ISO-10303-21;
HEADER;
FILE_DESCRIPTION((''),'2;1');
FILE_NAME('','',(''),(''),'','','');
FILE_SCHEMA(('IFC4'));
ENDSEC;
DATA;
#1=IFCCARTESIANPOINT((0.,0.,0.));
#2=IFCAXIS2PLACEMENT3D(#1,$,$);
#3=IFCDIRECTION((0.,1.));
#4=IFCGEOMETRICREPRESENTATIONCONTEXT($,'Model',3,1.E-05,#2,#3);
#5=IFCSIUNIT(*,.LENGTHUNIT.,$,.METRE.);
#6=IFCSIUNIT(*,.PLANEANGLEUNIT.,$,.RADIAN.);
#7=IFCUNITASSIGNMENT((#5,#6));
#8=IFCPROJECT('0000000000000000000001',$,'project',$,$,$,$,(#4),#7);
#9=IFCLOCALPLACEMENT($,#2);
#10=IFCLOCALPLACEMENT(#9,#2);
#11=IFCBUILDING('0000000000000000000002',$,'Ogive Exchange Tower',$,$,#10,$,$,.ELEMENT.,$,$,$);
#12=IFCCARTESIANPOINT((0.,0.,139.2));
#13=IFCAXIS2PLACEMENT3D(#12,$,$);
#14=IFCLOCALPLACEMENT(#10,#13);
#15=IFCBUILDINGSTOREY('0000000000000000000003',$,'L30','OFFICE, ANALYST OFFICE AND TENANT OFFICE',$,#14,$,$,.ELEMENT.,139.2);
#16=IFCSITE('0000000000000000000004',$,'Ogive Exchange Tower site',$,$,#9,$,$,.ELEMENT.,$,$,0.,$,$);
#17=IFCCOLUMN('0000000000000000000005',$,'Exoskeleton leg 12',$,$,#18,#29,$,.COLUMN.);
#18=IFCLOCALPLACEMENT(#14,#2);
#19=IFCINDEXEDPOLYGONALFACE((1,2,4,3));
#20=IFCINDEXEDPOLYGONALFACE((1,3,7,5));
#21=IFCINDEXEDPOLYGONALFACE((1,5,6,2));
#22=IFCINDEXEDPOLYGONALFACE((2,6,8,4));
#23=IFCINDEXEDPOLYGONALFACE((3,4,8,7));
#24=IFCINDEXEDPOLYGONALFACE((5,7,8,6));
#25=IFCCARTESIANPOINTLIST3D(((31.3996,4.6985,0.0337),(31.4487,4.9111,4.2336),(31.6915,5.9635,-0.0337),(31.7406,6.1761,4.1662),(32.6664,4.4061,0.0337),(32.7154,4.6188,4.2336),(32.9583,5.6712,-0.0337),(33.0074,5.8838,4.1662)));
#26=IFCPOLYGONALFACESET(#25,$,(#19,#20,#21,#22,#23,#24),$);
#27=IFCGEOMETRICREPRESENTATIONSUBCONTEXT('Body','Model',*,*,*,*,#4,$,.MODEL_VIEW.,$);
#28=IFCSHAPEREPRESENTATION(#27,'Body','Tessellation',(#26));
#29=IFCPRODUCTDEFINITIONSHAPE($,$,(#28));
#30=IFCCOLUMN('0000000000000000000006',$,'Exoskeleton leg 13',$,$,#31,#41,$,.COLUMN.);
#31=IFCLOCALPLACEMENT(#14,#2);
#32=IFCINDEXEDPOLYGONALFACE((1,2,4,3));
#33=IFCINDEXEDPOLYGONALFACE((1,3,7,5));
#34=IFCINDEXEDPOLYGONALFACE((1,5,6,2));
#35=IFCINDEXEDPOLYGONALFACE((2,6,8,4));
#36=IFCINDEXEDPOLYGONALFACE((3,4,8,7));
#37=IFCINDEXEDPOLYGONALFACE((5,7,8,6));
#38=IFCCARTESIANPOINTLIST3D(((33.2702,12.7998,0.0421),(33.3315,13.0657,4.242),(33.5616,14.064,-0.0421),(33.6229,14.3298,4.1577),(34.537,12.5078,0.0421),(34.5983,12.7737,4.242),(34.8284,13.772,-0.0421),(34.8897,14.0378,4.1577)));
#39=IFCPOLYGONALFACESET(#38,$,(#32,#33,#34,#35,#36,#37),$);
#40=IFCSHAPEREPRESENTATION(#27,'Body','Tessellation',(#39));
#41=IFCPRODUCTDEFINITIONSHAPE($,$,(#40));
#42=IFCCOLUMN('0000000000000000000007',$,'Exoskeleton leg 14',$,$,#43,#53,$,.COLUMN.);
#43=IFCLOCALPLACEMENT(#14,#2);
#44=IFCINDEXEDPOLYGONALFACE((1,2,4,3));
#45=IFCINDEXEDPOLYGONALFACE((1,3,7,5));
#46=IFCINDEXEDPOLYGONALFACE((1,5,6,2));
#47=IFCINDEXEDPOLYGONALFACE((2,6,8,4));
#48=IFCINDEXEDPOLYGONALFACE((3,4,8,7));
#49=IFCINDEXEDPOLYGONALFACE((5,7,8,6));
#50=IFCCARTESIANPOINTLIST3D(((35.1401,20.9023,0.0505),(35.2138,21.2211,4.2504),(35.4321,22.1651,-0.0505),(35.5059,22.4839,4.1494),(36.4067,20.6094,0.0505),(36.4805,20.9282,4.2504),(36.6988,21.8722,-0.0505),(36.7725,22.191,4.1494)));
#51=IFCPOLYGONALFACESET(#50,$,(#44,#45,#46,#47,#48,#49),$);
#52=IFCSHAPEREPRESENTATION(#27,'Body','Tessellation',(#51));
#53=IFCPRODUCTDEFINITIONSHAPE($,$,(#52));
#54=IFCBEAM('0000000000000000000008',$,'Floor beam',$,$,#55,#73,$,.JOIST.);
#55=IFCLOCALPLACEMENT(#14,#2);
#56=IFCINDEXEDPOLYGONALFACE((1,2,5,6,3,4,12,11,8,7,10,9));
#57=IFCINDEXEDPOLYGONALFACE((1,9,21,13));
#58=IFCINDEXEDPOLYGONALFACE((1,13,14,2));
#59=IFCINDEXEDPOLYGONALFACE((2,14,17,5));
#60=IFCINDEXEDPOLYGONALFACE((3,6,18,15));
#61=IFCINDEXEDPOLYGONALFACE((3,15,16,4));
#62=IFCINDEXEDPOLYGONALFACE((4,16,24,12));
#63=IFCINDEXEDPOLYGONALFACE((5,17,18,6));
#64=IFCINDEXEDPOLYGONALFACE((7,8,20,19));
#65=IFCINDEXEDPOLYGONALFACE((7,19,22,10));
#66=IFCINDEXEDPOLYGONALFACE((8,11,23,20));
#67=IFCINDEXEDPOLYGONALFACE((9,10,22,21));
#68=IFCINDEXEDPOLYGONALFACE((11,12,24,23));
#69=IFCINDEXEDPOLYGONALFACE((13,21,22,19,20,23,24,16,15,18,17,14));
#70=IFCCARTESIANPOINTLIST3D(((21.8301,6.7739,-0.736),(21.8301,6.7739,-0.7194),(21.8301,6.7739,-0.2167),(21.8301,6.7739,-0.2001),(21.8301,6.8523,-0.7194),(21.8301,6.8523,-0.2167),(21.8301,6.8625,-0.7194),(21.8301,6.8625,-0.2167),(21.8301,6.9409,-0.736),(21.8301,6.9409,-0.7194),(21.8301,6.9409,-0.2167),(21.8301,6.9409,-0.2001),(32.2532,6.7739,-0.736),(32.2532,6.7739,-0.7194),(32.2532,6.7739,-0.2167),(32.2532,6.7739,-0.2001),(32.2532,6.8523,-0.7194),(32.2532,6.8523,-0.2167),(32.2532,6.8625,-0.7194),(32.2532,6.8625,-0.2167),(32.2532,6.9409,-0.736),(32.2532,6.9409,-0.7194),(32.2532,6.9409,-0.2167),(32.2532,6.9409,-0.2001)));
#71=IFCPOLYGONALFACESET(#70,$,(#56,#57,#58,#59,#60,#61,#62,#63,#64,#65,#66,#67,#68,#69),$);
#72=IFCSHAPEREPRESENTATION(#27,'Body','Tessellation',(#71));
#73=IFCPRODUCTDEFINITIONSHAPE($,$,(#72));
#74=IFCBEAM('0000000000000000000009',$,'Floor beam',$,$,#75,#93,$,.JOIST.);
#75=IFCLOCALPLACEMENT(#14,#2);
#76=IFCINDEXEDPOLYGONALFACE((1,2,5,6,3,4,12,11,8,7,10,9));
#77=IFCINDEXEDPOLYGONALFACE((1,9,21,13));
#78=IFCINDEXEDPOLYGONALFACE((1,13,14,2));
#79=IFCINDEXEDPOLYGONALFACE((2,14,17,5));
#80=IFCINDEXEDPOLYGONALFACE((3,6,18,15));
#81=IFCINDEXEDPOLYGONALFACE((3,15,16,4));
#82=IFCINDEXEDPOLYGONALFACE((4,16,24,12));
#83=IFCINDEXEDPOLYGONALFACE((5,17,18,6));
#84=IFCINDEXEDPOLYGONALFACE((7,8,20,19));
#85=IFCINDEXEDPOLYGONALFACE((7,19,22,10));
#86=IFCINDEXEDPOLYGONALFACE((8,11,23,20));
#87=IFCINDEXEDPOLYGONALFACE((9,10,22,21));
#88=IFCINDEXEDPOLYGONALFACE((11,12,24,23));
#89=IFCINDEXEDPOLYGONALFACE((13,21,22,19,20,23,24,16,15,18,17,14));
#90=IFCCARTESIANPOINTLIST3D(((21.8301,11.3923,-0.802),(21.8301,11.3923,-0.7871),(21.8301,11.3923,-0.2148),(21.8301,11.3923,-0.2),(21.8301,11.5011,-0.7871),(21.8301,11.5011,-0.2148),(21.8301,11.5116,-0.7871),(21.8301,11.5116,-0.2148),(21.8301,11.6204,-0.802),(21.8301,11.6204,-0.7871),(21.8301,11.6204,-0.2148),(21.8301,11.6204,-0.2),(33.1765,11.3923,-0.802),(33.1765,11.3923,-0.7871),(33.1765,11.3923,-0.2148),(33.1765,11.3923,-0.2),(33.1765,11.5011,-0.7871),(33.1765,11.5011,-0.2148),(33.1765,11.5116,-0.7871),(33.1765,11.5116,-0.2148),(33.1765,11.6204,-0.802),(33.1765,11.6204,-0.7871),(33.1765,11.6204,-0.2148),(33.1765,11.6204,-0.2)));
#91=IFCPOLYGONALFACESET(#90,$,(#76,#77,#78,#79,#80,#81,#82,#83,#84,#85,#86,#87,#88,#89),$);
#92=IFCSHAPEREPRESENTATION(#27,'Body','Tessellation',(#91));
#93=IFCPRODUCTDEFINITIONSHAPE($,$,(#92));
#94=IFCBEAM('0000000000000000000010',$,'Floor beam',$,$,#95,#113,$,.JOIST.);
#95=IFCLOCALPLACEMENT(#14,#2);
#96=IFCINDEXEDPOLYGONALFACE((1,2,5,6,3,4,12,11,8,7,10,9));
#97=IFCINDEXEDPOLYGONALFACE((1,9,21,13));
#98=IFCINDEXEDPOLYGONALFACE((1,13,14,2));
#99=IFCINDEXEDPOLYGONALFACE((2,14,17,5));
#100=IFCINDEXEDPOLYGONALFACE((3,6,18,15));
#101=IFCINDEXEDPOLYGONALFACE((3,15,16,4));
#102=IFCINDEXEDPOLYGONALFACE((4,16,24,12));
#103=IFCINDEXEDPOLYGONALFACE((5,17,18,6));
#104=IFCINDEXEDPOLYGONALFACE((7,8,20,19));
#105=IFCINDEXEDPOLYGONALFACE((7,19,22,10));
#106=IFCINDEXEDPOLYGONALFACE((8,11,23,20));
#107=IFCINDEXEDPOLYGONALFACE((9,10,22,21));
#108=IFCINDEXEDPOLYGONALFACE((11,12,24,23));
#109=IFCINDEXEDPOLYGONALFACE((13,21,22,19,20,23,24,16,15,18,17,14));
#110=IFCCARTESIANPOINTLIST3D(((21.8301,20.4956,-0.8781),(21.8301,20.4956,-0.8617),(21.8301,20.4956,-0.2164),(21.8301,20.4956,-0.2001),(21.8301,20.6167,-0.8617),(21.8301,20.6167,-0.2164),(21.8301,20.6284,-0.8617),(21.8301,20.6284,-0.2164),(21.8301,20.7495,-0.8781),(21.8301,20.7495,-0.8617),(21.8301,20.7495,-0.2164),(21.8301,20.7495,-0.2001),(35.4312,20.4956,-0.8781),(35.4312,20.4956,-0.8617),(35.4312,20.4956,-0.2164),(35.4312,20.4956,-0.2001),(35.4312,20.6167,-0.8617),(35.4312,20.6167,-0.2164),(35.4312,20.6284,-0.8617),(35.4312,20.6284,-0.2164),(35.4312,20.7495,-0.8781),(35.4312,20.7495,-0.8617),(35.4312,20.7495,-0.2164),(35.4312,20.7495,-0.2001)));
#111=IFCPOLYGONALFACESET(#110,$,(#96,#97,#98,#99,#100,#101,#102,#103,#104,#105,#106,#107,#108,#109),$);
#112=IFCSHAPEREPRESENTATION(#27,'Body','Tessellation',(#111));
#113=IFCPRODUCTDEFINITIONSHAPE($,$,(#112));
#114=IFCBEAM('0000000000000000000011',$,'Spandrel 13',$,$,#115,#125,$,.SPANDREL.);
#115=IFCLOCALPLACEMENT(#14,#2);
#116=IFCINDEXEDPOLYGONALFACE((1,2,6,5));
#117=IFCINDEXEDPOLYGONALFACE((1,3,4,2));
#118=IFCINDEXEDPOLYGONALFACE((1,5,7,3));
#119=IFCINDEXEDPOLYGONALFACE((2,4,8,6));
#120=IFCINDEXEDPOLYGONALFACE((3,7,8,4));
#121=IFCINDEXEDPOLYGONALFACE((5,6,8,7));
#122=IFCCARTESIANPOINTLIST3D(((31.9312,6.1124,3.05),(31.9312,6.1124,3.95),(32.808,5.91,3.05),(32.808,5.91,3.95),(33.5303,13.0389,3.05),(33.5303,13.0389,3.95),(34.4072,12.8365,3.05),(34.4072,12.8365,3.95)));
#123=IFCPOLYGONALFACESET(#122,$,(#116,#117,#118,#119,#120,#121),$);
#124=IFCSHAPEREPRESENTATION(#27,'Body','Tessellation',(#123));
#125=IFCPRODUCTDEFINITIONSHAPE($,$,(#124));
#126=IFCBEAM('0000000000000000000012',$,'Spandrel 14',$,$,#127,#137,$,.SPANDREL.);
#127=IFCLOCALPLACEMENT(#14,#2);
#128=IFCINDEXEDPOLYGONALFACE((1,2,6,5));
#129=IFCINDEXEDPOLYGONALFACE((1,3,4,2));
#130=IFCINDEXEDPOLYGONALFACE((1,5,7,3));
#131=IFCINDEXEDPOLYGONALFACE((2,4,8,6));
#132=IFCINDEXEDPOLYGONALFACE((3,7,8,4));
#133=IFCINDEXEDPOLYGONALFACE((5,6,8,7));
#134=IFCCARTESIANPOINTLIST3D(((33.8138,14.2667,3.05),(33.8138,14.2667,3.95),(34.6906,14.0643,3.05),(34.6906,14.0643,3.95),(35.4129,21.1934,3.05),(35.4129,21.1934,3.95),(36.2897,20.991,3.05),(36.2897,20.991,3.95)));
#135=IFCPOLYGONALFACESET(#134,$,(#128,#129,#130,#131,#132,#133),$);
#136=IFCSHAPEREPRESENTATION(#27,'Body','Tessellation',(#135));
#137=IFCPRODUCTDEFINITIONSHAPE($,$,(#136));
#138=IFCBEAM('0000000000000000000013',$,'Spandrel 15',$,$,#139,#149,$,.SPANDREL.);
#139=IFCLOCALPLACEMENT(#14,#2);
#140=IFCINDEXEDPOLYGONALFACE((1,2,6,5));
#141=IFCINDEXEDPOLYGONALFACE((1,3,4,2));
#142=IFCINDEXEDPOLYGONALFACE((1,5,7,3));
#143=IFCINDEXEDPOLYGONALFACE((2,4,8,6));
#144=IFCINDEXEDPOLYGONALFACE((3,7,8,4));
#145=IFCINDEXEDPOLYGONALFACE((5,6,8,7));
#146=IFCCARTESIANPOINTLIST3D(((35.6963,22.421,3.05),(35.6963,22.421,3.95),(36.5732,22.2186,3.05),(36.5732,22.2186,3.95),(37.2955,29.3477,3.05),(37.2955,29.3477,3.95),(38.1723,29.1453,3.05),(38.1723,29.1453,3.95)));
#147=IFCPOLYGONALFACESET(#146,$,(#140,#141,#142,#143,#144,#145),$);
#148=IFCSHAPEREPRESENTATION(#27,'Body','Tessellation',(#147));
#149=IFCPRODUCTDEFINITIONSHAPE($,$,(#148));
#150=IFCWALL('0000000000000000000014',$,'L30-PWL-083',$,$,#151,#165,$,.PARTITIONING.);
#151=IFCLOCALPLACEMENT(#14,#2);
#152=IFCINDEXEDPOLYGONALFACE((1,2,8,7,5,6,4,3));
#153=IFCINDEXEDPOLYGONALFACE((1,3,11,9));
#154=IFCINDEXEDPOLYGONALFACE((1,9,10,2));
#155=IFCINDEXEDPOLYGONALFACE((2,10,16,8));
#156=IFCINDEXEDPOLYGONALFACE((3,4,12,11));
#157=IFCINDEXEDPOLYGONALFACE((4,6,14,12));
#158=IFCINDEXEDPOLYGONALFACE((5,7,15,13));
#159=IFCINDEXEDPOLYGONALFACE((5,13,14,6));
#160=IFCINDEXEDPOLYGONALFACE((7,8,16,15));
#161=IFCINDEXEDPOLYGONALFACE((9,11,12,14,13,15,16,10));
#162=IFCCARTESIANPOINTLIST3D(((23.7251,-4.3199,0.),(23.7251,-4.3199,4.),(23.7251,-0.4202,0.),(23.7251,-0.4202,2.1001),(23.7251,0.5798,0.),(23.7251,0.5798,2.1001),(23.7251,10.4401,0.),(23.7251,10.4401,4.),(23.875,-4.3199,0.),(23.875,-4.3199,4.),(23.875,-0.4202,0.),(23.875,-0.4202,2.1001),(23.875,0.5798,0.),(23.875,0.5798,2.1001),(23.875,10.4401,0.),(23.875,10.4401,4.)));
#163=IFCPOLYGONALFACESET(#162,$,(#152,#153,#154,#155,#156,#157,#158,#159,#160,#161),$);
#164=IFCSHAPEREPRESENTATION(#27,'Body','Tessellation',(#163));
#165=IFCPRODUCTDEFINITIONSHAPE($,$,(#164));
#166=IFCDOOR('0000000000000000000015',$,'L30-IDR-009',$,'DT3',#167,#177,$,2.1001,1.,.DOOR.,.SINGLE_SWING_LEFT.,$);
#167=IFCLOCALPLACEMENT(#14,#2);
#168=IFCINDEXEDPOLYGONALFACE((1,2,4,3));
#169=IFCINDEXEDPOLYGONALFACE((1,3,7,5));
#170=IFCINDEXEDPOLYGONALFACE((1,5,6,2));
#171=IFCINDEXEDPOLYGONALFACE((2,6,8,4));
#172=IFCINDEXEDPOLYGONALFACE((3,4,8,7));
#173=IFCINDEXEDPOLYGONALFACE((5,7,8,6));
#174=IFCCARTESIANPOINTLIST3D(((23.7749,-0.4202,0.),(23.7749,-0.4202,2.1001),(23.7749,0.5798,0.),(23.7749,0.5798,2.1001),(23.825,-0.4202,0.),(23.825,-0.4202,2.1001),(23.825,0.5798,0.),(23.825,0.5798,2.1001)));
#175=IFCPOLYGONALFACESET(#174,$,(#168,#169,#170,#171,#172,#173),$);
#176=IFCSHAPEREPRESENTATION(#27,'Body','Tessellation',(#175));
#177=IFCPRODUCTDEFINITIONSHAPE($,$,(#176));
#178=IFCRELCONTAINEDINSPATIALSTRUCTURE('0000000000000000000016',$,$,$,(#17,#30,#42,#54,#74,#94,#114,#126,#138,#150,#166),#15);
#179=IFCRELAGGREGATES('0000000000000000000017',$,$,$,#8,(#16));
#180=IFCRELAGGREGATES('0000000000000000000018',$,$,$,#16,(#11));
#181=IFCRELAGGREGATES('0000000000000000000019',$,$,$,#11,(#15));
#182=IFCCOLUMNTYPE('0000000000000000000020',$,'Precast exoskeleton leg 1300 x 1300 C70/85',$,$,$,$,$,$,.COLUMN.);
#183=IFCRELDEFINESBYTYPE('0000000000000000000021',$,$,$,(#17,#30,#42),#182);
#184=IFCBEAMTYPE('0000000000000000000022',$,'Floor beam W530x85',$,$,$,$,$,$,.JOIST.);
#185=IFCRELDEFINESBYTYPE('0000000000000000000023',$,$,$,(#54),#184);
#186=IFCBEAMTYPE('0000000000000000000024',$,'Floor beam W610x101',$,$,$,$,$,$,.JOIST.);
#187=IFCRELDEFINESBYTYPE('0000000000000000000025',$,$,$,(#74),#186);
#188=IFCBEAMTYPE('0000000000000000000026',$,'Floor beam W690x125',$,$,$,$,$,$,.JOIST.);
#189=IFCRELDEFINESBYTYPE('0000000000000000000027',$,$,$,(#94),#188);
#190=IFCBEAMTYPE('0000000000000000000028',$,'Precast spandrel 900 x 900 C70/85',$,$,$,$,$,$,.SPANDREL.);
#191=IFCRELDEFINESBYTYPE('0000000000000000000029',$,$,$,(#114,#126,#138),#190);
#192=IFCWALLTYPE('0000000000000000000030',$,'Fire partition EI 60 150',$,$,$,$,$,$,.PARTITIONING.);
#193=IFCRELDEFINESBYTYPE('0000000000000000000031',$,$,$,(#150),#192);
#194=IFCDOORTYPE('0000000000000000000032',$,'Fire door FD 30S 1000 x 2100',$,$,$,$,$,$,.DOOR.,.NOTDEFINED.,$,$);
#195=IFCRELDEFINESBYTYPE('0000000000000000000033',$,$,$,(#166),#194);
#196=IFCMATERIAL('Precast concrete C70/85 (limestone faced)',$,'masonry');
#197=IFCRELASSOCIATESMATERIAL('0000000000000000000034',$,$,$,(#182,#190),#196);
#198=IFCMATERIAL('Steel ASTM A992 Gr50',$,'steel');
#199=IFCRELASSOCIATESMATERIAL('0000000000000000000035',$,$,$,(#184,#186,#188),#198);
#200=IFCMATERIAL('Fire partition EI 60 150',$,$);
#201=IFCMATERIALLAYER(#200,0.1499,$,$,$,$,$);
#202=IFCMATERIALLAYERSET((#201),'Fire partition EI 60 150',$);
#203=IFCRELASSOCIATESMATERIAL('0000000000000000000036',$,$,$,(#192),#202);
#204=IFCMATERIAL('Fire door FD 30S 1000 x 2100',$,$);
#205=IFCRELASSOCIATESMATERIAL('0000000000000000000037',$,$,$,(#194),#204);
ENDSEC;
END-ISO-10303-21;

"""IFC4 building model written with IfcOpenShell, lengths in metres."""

from ifc_helpers import new_model, si_unit, direction, frame, frame_2d, origin, origin_2d, place, context, subcontext, project, spatial, rectangle, i_section, extrude, material, layer, layer_set, material_profile, profile_set, type_object, element, fill, save


model = new_model("IFC4")

# Units and contexts
model_context = context("Model", 3, precision=1e-05, world=origin(), true_north=direction((0.0, 1.0)))
body_context = subcontext(model_context, "Body", "Model", "MODEL_VIEW")
ifc_project = project(units=[si_unit("LENGTHUNIT", "METRE"), si_unit("PLANEANGLEUNIT", "RADIAN")], contexts=[model_context])

# Site, building, storey
site_placement = place(None, origin())
site = spatial("IfcSite", under=ifc_project, at=site_placement, Name="Ogive Exchange Tower site", CompositionType="ELEMENT", RefElevation=0.0)
building_placement = place(site_placement, origin())
building = spatial("IfcBuilding", under=site, at=building_placement, Name="Ogive Exchange Tower", CompositionType="ELEMENT")
storey_placement = place(building_placement, frame((0.0, 0.0, 139.2)))
storey = spatial("IfcBuildingStorey", under=building, at=storey_placement, Name="L30", Description="OFFICE, ANALYST OFFICE AND TENANT OFFICE", CompositionType="ELEMENT", Elevation=139.2)

# Columns
ifc_material_1 = material(Name="Precast concrete C70/85 (limestone faced)", Category="masonry")
ifc_material_profile_1 = material_profile(ifc_material_1, rectangle(XDim=1.3, YDim=1.3, at=origin_2d()), Name="1300 x 1300")
ifc_profile_set_1 = profile_set([ifc_material_profile_1], Name="Precast concrete C70/85 (limestone faced)")
column_type = type_object("IfcColumnType", Name="Precast exoskeleton leg 1300 x 1300 C70/85", PredefinedType="COLUMN", material=ifc_profile_set_1)
column_1_placement = place(storey_placement, frame((32.179, 5.1848, 0.0), z_axis=(0.011668, 0.050562, 0.998653), x_axis=(-0.974391, 0.22486, 0.0)))
element("IfcColumn", 1, at=column_1_placement, inside=storey, type_object=column_type, Name="Exoskeleton leg 12", PredefinedType="COLUMN", context=body_context, shape_type="SweptSolid", body=[
    extrude(rectangle(XDim=1.3, YDim=1.3, at=origin_2d()), origin(), (0.0, 0.0, 1.0), 4.2056),
])
column_2_placement = place(storey_placement, frame((34.0493, 13.2859, 0.0), z_axis=(0.01456, 0.06317, 0.997897), x_axis=(-0.974451, 0.224598, 0.0)))
element("IfcColumn", 2, at=column_2_placement, inside=storey, type_object=column_type, Name="Exoskeleton leg 13", PredefinedType="COLUMN", context=body_context, shape_type="SweptSolid", body=[
    extrude(rectangle(XDim=1.3, YDim=1.3, at=origin_2d()), origin(), (0.0, 0.0, 1.0), 4.2087),
])
column_3_placement = place(storey_placement, frame((35.9194, 21.3872, 0.0), z_axis=(0.017502, 0.075688, 0.996978), x_axis=(-0.974291, 0.225295, 0.0)))
element("IfcColumn", 3, at=column_3_placement, inside=storey, type_object=column_type, Name="Exoskeleton leg 14", PredefinedType="COLUMN", context=body_context, shape_type="SweptSolid", body=[
    extrude(rectangle(XDim=1.3, YDim=1.3, at=origin_2d()), origin(), (0.0, 0.0, 1.0), 4.2126),
])

# Beams
ifc_material_2 = material(Name="Steel ASTM A992 Gr50", Category="steel")
ifc_material_profile_2 = material_profile(ifc_material_2, i_section(OverallWidth=0.167, OverallDepth=0.5359, WebThickness=0.0103, FlangeThickness=0.0166, at=origin_2d()), Name="W530x85")
ifc_profile_set_2 = profile_set([ifc_material_profile_2], Name="Steel ASTM A992 Gr50")
beam_type_1 = type_object("IfcBeamType", Name="Floor beam W530x85", PredefinedType="JOIST", material=ifc_profile_set_2)
beam_1_placement = place(storey_placement, frame((21.8301, 6.8574, -0.468), z_axis=(1.0, 0.0, 0.0), x_axis=(0.0, 1.0, 0.0)))
element("IfcBeam", 4, at=beam_1_placement, inside=storey, type_object=beam_type_1, Name="Floor beam", PredefinedType="JOIST", context=body_context, shape_type="SweptSolid", body=[
    extrude(i_section(OverallWidth=0.167, OverallDepth=0.5359, WebThickness=0.0103, FlangeThickness=0.0166, at=origin_2d()), origin(), (0.0, 0.0, 1.0), 10.4231),
])
ifc_material_profile_3 = material_profile(ifc_material_2, i_section(OverallWidth=0.228, OverallDepth=0.6021, WebThickness=0.0105, FlangeThickness=0.0149, at=origin_2d()), Name="W610x101")
ifc_profile_set_3 = profile_set([ifc_material_profile_3], Name="Steel ASTM A992 Gr50")
beam_type_2 = type_object("IfcBeamType", Name="Floor beam W610x101", PredefinedType="JOIST", material=ifc_profile_set_3)
beam_2_placement = place(storey_placement, frame((21.8301, 11.5063, -0.501), z_axis=(1.0, 0.0, 0.0), x_axis=(0.0, 1.0, 0.0)))
element("IfcBeam", 5, at=beam_2_placement, inside=storey, type_object=beam_type_2, Name="Floor beam", PredefinedType="JOIST", context=body_context, shape_type="SweptSolid", body=[
    extrude(i_section(OverallWidth=0.228, OverallDepth=0.6021, WebThickness=0.0105, FlangeThickness=0.0149, at=origin_2d()), origin(), (0.0, 0.0, 1.0), 11.3464),
])
ifc_material_profile_4 = material_profile(ifc_material_2, i_section(OverallWidth=0.2539, OverallDepth=0.678, WebThickness=0.0117, FlangeThickness=0.0164, at=origin_2d()), Name="W690x125")
ifc_profile_set_4 = profile_set([ifc_material_profile_4], Name="Steel ASTM A992 Gr50")
beam_type_3 = type_object("IfcBeamType", Name="Floor beam W690x125", PredefinedType="JOIST", material=ifc_profile_set_4)
beam_3_placement = place(storey_placement, frame((21.8301, 20.6226, -0.5391), z_axis=(1.0, 0.0, 0.0), x_axis=(0.0, 1.0, 0.0)))
element("IfcBeam", 6, at=beam_3_placement, inside=storey, type_object=beam_type_3, Name="Floor beam", PredefinedType="JOIST", context=body_context, shape_type="SweptSolid", body=[
    extrude(i_section(OverallWidth=0.2539, OverallDepth=0.678, WebThickness=0.0117, FlangeThickness=0.0164, at=origin_2d()), origin(), (0.0, 0.0, 1.0), 13.6011),
])
ifc_material_profile_5 = material_profile(ifc_material_1, rectangle(XDim=0.8999, YDim=0.8999, at=origin_2d()), Name="900 x 900")
ifc_profile_set_5 = profile_set([ifc_material_profile_5], Name="Precast concrete C70/85 (limestone faced)")
beam_type_4 = type_object("IfcBeamType", Name="Precast spandrel 900 x 900 C70/85", PredefinedType="SPANDREL", material=ifc_profile_set_5)
beam_4_placement = place(storey_placement, frame((32.3696, 6.0112, 3.5), z_axis=(0.224952, 0.97437, 0.0), x_axis=(-0.97437, 0.224952, 0.0)))
element("IfcBeam", 7, at=beam_4_placement, inside=storey, type_object=beam_type_4, Name="Spandrel 13", PredefinedType="SPANDREL", context=body_context, shape_type="SweptSolid", body=[
    extrude(rectangle(XDim=0.8999, YDim=0.8999, at=origin_2d()), origin(), (0.0, 0.0, 1.0), 7.1086),
])
for number, where, z_axis, x_axis, name in (
    (8, (34.2522, 14.1655, 3.5), (0.224945, 0.974372, 0.0), (-0.974372, 0.224945, 0.0), "Spandrel 14"),
    (9, (36.1348, 22.3198, 3.5), (0.224945, 0.974372, 0.0), (-0.974372, 0.224945, 0.0), "Spandrel 15"),
):
    element("IfcBeam", number, at=place(storey_placement, frame(where, z_axis=z_axis, x_axis=x_axis)), inside=storey, type_object=beam_type_4, Name=name, PredefinedType="SPANDREL", context=body_context, shape_type="SweptSolid", body=[
        extrude(rectangle(XDim=0.8999, YDim=0.8999, at=origin_2d()), origin(), (0.0, 0.0, 1.0), 7.1089),
    ])

# Wall, opening, door
ifc_material_3 = material(Name="Fire partition EI 60 150")
ifc_layer_1 = layer(ifc_material_3, 0.1499)
ifc_layer_set_1 = layer_set([ifc_layer_1], Name="Fire partition EI 60 150")
wall_type_1 = type_object("IfcWallType", Name="Fire partition EI 60 150", PredefinedType="PARTITIONING", material=ifc_layer_set_1)
wall_1_placement = place(storey_placement, frame((23.8, 10.4399, 0.0), z_axis=(0.0, 0.0, 1.0), x_axis=(0.0, -1.0, 0.0)))
wall_1 = element("IfcWall", 10, at=wall_1_placement, inside=storey, type_object=wall_type_1, Name="L30-PWL-083", PredefinedType="PARTITIONING", context=body_context, shape_type="SweptSolid", body=[
    extrude(rectangle(XDim=14.76, YDim=0.1499, at=frame_2d((7.3799, 0.0))), origin(), (0.0, 0.0, 1.0), 4.0),
])
opening_1_placement = place(wall_1_placement, frame((9.8601, 0.0, 0.0)))
opening_1 = element("IfcOpeningElement", 11, at=opening_1_placement, cuts=wall_1, PredefinedType="OPENING", context=body_context, shape_type="SweptSolid", body=[
    extrude(rectangle(XDim=1.0, YDim=2.1001, at=frame_2d((0.5, 1.05))), frame((0.0, 0.085, 0.0), z_axis=(0.0, -1.0, 0.0), x_axis=(1.0, 0.0, 0.0)), (0.0, 0.0, 1.0), 0.1699),
])
ifc_material_4 = material(Name="Fire door FD 30S 1000 x 2100")
door_type = type_object("IfcDoorType", Name="Fire door FD 30S 1000 x 2100", OperationType="NOTDEFINED", PredefinedType="DOOR", material=ifc_material_4)
door_1_placement = place(opening_1_placement, origin())
door_1 = element("IfcDoor", 12, at=door_1_placement, inside=storey, type_object=door_type, Name="L30-IDR-009", ObjectType="DT3", OperationType="SINGLE_SWING_LEFT", OverallHeight=2.1001, OverallWidth=1.0, PredefinedType="DOOR", context=body_context, shape_type="SweptSolid", body=[
    extrude(rectangle(XDim=1.0, YDim=2.1001, at=frame_2d((0.5, 1.05))), frame((0.0, 0.0249, 0.0), z_axis=(0.0, -1.0, 0.0), x_axis=(1.0, 0.0, 0.0)), (0.0, 0.0, 1.0), 0.05),
])
fill(opening_1, door_1)

save(model, "model.ifc")
